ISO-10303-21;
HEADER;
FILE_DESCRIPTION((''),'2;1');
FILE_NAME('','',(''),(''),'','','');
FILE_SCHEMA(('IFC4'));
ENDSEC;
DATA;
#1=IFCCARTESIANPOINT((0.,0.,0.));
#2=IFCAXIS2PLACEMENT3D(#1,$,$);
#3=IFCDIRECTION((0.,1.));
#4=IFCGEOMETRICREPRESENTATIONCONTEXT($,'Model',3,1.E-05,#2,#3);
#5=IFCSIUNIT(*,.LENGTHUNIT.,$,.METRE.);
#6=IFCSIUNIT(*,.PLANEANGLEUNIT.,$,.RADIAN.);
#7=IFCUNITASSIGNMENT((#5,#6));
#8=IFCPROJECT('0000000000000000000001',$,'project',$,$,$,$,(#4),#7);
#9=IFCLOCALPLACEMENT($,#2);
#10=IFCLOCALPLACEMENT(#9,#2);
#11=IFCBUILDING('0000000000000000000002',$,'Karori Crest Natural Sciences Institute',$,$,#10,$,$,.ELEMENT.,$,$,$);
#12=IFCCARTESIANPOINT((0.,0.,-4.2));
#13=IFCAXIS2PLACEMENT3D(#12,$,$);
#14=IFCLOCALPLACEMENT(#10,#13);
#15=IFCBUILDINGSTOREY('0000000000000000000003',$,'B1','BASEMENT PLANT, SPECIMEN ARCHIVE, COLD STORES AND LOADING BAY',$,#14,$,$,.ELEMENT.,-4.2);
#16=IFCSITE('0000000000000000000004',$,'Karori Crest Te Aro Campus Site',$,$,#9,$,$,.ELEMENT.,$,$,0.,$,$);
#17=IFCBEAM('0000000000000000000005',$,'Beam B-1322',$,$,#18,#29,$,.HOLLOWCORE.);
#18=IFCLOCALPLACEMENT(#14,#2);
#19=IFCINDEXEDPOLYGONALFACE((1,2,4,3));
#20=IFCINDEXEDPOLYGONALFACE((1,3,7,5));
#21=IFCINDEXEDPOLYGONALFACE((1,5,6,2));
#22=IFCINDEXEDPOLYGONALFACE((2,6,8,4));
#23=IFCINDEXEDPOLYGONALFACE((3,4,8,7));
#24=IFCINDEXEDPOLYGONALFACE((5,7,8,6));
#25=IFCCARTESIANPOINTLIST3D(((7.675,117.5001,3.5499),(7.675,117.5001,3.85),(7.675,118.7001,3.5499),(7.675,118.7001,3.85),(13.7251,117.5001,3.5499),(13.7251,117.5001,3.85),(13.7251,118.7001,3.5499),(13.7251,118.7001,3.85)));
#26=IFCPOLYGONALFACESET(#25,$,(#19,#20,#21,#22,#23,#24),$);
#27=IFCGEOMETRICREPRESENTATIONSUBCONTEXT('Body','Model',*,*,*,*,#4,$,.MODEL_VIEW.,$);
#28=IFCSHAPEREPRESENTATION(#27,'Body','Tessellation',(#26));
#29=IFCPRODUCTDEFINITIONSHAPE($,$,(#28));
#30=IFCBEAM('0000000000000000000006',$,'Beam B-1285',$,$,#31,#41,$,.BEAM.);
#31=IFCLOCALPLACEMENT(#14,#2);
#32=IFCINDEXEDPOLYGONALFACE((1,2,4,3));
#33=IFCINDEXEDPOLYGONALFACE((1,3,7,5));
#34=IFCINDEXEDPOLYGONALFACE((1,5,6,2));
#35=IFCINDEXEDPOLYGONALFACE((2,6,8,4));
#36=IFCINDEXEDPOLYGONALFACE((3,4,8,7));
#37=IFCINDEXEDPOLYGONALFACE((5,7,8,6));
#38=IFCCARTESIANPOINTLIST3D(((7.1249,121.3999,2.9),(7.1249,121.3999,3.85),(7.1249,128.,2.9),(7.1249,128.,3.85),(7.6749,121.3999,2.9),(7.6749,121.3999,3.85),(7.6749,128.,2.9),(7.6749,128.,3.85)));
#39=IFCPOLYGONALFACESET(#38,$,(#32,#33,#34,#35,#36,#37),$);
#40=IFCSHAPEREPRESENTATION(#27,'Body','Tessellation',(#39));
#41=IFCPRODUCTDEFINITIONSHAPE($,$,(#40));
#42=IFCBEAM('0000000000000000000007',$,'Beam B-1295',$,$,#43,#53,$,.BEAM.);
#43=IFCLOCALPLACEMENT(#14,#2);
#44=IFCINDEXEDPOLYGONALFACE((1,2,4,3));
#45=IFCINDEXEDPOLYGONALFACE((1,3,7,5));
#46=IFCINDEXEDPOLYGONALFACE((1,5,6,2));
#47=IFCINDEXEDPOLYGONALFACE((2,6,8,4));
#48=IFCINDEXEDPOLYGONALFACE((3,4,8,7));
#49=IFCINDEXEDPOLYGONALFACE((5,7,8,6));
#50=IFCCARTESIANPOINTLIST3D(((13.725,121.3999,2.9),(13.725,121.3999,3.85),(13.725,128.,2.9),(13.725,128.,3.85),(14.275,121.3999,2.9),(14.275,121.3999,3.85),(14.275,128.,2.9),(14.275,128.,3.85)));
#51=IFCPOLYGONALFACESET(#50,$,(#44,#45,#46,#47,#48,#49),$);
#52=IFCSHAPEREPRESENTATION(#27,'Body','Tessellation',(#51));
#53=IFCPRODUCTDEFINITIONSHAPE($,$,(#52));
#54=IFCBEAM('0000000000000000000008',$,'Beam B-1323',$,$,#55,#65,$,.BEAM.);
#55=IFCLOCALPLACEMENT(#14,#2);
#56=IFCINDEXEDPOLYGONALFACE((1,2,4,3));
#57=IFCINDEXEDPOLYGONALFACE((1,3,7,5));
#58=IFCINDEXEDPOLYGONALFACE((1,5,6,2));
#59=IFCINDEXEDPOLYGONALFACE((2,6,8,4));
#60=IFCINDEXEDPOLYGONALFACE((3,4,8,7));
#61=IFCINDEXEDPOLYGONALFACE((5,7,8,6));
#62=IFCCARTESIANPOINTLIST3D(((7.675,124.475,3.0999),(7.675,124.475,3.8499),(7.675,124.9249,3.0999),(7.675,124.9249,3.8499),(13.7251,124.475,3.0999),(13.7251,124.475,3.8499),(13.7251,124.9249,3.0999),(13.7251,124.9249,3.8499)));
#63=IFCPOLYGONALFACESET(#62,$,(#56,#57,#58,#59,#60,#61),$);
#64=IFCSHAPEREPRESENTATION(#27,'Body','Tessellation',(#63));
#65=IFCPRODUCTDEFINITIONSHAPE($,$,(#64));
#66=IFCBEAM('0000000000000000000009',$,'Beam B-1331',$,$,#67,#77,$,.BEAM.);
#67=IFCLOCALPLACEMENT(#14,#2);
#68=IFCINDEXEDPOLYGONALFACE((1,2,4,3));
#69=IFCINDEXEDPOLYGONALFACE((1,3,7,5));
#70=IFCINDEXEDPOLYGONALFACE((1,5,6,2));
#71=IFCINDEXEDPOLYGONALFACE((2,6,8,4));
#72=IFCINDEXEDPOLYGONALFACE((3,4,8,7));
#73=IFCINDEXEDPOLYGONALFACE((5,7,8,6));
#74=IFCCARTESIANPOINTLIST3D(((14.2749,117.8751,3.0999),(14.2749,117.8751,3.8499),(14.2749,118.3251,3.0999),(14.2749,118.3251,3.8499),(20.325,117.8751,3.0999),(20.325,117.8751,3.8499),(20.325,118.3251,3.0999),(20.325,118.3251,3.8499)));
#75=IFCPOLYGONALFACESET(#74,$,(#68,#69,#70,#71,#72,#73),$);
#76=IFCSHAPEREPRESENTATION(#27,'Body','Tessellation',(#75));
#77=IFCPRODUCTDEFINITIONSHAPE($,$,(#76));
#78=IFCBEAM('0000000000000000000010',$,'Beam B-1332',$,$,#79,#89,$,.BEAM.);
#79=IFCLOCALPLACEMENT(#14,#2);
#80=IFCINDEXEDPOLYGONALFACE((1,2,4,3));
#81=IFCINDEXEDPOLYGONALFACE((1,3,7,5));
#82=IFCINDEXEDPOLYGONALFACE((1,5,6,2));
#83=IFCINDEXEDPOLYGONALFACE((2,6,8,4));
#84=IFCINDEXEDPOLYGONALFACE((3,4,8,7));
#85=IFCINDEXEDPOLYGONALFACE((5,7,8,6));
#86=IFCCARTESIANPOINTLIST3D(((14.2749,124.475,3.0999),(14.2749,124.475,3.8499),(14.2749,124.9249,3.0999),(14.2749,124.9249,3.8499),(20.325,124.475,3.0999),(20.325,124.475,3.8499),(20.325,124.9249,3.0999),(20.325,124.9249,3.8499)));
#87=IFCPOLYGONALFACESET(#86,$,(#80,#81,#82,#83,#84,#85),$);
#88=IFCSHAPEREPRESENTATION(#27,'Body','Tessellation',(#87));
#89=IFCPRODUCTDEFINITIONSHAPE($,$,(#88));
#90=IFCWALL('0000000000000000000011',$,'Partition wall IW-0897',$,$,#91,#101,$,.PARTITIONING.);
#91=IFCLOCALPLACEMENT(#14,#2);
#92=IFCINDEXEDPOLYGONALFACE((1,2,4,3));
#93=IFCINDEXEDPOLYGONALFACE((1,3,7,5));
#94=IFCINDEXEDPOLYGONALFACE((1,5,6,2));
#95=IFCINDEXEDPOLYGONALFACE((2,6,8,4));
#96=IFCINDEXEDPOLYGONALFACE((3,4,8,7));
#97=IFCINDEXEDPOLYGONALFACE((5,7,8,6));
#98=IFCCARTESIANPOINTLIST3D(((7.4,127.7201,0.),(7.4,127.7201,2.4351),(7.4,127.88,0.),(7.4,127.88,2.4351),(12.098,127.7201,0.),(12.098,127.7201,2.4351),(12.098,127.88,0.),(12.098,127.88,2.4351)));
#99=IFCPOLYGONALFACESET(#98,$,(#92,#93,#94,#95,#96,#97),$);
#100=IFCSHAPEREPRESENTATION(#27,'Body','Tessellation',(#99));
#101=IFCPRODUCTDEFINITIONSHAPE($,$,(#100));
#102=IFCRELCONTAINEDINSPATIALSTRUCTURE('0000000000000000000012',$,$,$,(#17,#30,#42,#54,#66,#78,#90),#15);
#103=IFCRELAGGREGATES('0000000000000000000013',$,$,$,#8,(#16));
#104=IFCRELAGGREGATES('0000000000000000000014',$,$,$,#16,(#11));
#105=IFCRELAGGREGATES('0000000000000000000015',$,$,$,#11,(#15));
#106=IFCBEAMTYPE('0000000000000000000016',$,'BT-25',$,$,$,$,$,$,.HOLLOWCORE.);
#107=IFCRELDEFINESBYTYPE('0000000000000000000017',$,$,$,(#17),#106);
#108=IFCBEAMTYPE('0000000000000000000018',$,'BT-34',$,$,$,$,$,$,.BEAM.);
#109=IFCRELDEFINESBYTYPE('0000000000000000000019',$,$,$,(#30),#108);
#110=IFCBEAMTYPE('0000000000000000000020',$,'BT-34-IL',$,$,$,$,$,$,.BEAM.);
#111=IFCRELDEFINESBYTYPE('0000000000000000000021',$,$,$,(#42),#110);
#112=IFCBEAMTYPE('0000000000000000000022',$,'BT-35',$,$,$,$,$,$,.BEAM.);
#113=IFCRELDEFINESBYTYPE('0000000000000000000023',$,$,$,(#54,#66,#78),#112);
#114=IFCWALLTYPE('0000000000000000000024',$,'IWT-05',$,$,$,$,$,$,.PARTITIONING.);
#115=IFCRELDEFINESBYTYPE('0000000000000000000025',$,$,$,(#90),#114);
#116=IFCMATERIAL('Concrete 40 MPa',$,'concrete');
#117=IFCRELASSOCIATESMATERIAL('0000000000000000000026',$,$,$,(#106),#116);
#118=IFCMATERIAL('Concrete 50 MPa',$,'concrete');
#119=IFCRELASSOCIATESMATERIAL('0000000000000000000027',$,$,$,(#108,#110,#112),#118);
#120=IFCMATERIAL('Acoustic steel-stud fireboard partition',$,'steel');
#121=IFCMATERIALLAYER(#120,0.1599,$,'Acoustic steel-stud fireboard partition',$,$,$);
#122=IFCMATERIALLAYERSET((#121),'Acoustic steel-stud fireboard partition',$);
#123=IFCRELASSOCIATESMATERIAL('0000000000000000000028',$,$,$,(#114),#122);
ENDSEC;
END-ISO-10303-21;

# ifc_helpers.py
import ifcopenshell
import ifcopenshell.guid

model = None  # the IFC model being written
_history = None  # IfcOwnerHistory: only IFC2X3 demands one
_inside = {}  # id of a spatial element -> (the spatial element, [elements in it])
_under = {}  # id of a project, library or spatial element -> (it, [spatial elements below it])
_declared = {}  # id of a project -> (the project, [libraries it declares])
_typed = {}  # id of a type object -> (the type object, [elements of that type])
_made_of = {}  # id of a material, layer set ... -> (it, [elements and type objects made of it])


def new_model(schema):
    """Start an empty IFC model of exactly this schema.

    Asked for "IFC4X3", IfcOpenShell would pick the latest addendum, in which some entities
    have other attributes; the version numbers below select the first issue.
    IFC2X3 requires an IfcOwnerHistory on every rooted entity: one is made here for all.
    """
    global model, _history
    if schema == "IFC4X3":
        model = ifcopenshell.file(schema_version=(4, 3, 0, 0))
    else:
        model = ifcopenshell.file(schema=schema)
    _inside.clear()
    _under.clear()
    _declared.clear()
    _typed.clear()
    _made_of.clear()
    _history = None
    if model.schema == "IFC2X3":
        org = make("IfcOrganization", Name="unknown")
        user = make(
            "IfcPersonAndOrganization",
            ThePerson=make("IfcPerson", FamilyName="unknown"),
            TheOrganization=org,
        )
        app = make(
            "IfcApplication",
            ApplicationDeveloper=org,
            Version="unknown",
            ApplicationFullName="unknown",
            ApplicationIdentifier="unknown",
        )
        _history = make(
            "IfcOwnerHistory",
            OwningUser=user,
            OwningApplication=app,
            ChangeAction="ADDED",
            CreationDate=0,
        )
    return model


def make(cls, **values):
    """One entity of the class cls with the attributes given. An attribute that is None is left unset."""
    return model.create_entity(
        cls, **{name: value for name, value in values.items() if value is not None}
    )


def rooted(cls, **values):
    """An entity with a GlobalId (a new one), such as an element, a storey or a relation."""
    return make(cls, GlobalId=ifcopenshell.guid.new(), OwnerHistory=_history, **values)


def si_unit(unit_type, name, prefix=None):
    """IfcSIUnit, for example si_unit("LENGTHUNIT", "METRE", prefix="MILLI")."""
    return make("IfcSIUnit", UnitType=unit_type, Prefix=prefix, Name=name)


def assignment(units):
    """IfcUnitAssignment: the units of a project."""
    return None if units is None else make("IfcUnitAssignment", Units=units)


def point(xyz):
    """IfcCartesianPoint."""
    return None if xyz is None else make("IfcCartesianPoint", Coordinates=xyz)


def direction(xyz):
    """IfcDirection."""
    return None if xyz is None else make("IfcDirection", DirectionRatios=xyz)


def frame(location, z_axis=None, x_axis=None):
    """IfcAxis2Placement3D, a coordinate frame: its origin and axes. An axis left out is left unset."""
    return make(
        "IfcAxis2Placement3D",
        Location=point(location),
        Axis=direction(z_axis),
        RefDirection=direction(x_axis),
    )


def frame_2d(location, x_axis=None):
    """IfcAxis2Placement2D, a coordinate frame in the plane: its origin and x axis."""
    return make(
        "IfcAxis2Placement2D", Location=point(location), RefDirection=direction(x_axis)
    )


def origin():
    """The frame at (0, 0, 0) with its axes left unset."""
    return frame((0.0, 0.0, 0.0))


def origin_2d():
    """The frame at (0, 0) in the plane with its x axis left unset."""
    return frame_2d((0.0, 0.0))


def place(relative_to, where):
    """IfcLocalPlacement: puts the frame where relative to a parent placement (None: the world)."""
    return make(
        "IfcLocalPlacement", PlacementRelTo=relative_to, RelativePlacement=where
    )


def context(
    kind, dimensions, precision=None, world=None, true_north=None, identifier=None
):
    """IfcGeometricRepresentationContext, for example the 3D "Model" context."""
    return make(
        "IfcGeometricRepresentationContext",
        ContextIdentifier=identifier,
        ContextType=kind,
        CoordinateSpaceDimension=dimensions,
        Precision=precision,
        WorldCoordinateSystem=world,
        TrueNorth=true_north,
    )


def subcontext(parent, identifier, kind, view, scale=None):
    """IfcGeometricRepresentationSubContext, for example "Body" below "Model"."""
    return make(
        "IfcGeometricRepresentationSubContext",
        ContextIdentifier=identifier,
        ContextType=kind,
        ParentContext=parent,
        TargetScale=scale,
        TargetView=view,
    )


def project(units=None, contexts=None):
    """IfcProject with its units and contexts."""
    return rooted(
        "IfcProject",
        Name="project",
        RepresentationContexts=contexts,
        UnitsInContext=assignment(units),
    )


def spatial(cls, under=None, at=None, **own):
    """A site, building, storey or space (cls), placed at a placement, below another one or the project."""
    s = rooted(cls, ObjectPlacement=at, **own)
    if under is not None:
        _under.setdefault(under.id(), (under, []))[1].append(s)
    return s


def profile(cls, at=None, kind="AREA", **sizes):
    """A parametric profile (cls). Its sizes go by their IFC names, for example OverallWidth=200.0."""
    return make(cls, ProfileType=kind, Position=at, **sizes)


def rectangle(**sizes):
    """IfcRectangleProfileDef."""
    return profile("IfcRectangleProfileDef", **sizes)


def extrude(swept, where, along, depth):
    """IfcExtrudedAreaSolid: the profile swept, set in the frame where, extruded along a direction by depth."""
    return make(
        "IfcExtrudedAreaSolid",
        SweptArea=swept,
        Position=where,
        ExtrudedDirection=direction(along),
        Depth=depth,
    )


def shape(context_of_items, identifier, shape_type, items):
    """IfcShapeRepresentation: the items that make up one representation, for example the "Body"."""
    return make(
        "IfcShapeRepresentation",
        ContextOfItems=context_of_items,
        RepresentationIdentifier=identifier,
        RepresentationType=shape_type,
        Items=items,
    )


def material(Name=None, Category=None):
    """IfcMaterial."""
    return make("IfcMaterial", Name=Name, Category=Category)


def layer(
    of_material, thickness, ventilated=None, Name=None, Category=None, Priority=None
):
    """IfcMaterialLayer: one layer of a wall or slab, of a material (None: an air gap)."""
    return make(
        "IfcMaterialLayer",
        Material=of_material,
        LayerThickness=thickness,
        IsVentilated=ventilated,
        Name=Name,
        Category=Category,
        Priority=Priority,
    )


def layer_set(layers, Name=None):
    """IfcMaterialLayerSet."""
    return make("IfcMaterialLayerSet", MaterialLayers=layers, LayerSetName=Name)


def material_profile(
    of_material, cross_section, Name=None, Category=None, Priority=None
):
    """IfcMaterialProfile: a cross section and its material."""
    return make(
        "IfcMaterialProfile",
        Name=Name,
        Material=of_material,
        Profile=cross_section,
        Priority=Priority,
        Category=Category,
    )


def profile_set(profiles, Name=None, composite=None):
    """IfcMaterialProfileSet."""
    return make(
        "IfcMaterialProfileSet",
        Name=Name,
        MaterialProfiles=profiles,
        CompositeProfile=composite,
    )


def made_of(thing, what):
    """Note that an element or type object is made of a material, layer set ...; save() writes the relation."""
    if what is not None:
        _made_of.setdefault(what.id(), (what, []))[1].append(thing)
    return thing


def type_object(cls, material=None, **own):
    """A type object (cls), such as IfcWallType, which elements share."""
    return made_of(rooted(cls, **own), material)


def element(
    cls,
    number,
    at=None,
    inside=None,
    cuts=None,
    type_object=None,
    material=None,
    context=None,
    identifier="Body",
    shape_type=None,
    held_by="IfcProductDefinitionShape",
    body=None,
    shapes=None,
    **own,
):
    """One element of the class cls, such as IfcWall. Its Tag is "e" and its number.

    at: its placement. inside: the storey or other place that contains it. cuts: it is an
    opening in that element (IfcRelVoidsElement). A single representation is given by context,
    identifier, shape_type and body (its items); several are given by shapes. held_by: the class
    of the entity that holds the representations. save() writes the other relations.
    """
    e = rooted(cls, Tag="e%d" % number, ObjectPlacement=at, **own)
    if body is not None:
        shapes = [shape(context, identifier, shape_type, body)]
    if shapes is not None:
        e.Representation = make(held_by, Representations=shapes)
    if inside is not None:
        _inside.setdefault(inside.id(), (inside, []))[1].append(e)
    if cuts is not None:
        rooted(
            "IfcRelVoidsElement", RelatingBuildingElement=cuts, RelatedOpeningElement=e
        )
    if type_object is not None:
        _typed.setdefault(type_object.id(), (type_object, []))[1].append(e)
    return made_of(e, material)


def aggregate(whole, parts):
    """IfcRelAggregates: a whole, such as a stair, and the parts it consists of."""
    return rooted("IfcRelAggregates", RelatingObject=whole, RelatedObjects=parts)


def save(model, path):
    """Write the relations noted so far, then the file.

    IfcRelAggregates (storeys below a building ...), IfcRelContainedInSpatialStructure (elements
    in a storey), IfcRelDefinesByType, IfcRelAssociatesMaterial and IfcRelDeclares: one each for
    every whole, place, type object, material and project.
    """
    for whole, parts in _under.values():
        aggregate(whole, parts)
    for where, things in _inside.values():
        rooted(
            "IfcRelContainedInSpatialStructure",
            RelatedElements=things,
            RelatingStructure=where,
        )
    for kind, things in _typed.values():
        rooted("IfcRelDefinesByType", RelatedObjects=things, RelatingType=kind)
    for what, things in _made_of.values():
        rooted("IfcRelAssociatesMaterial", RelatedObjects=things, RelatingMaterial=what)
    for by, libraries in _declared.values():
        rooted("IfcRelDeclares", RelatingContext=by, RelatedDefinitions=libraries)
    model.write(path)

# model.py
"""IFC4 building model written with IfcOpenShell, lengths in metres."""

from ifc_helpers import new_model, si_unit, direction, frame, frame_2d, origin, origin_2d, place, context, subcontext, project, spatial, rectangle, extrude, material, layer, layer_set, material_profile, profile_set, type_object, element, save


model = new_model("IFC4")

# Units and contexts
model_context = context("Model", 3, precision=1e-05, world=origin(), true_north=direction((0.0, 1.0)))
body_context = subcontext(model_context, "Body", "Model", "MODEL_VIEW")
ifc_project = project(units=[si_unit("LENGTHUNIT", "METRE"), si_unit("PLANEANGLEUNIT", "RADIAN")], contexts=[model_context])

# Site, building, storey
site_placement = place(None, origin())
site = spatial("IfcSite", under=ifc_project, at=site_placement, Name="Karori Crest Te Aro Campus Site", CompositionType="ELEMENT", RefElevation=0.0)
building_placement = place(site_placement, origin())
building = spatial("IfcBuilding", under=site, at=building_placement, Name="Karori Crest Natural Sciences Institute", CompositionType="ELEMENT")
storey_placement = place(building_placement, frame((0.0, 0.0, -4.2)))
storey = spatial("IfcBuildingStorey", under=building, at=storey_placement, Name="B1", Description="BASEMENT PLANT, SPECIMEN ARCHIVE, COLD STORES AND LOADING BAY", CompositionType="ELEMENT", Elevation=-4.2)

# Shared definitions
ifc_material_1 = material(Name="Concrete 40 MPa", Category="concrete")

# Shared definitions
ifc_material_2 = material(Name="Concrete 50 MPa", Category="concrete")

# Beams
ifc_material_profile_1 = material_profile(ifc_material_1, rectangle(XDim=1.2, YDim=0.3, at=origin_2d()), Name="HCP1200x300")
ifc_profile_set_1 = profile_set([ifc_material_profile_1], Name="Concrete 40 MPa")
beam_type_1 = type_object("IfcBeamType", Name="BT-25", PredefinedType="HOLLOWCORE", material=ifc_profile_set_1)
beam_1_placement = place(storey_placement, frame((7.675, 118.1001, 3.7), z_axis=(1.0, 0.0, 0.0), x_axis=(0.0, 1.0, 0.0)))
element("IfcBeam", 1, at=beam_1_placement, inside=storey, type_object=beam_type_1, Name="Beam B-1322", PredefinedType="HOLLOWCORE", context=body_context, shape_type="SweptSolid", body=[
    extrude(rectangle(XDim=1.2, YDim=0.3, at=origin_2d()), origin(), (0.0, 0.0, 1.0), 6.05),
])
ifc_material_profile_2 = material_profile(ifc_material_2, rectangle(XDim=0.55, YDim=0.95, at=origin_2d()), Name="RCB550x950")
ifc_profile_set_2 = profile_set([ifc_material_profile_2], Name="Concrete 50 MPa")
beam_type_2 = type_object("IfcBeamType", Name="BT-34", PredefinedType="BEAM", material=ifc_profile_set_2)
beam_2_placement = place(storey_placement, frame((7.3999, 121.3999, 3.375), z_axis=(0.0, 1.0, 0.0), x_axis=(-1.0, 0.0, 0.0)))
element("IfcBeam", 2, at=beam_2_placement, inside=storey, type_object=beam_type_2, Name="Beam B-1285", PredefinedType="BEAM", context=body_context, shape_type="SweptSolid", body=[
    extrude(rectangle(XDim=0.55, YDim=0.95, at=origin_2d()), origin(), (0.0, 0.0, 1.0), 6.6001),
])
ifc_material_profile_3 = material_profile(ifc_material_2, rectangle(XDim=0.55, YDim=0.95, at=origin_2d()), Name="RCB550x950")
ifc_profile_set_3 = profile_set([ifc_material_profile_3], Name="Concrete 50 MPa")
beam_type_3 = type_object("IfcBeamType", Name="BT-34-IL", PredefinedType="BEAM", material=ifc_profile_set_3)
beam_3_placement = place(storey_placement, frame((14.0, 121.3999, 3.375), z_axis=(0.0, 1.0, 0.0), x_axis=(-1.0, 0.0, 0.0)))
element("IfcBeam", 3, at=beam_3_placement, inside=storey, type_object=beam_type_3, Name="Beam B-1295", PredefinedType="BEAM", context=body_context, shape_type="SweptSolid", body=[
    extrude(rectangle(XDim=0.55, YDim=0.95, at=origin_2d()), origin(), (0.0, 0.0, 1.0), 6.6001),
])
ifc_material_profile_4 = material_profile(ifc_material_2, rectangle(XDim=0.45, YDim=0.75, at=origin_2d()), Name="RCB450x750")
ifc_profile_set_4 = profile_set([ifc_material_profile_4], Name="Concrete 50 MPa")
beam_type_4 = type_object("IfcBeamType", Name="BT-35", PredefinedType="BEAM", material=ifc_profile_set_4)
for number, where, z_axis, x_axis, name in (
    (4, (7.675, 124.7, 3.4749), (1.0, 0.0, 0.0), (0.0, 1.0, 0.0), "Beam B-1323"),
    (5, (14.2749, 118.1001, 3.4749), (1.0, 0.0, 0.0), (0.0, 1.0, 0.0), "Beam B-1331"),
    (6, (14.2749, 124.7, 3.4749), (1.0, 0.0, 0.0), (0.0, 1.0, 0.0), "Beam B-1332"),
):
    element("IfcBeam", number, at=place(storey_placement, frame(where, z_axis=z_axis, x_axis=x_axis)), inside=storey, type_object=beam_type_4, Name=name, PredefinedType="BEAM", context=body_context, shape_type="SweptSolid", body=[
        extrude(rectangle(XDim=0.45, YDim=0.75, at=origin_2d()), origin(), (0.0, 0.0, 1.0), 6.05),
    ])

# Wall
ifc_material_3 = material(Name="Acoustic steel-stud fireboard partition", Category="steel")
ifc_layer = layer(ifc_material_3, 0.1599, Name="Acoustic steel-stud fireboard partition")
ifc_layer_set = layer_set([ifc_layer], Name="Acoustic steel-stud fireboard partition")
wall_type = type_object("IfcWallType", Name="IWT-05", PredefinedType="PARTITIONING", material=ifc_layer_set)
wall_placement = place(storey_placement, frame((7.3999, 127.8, 0.0), z_axis=(0.0, 0.0, 1.0), x_axis=(1.0, 0.0, 0.0)))
element("IfcWall", 7, at=wall_placement, inside=storey, type_object=wall_type, Name="Partition wall IW-0897", PredefinedType="PARTITIONING", context=body_context, shape_type="SweptSolid", body=[
    extrude(rectangle(XDim=4.698, YDim=0.1599, at=frame_2d((2.3491, 0.0))), origin(), (0.0, 0.0, 1.0), 2.4351),
])

save(model, "model.ifc")
